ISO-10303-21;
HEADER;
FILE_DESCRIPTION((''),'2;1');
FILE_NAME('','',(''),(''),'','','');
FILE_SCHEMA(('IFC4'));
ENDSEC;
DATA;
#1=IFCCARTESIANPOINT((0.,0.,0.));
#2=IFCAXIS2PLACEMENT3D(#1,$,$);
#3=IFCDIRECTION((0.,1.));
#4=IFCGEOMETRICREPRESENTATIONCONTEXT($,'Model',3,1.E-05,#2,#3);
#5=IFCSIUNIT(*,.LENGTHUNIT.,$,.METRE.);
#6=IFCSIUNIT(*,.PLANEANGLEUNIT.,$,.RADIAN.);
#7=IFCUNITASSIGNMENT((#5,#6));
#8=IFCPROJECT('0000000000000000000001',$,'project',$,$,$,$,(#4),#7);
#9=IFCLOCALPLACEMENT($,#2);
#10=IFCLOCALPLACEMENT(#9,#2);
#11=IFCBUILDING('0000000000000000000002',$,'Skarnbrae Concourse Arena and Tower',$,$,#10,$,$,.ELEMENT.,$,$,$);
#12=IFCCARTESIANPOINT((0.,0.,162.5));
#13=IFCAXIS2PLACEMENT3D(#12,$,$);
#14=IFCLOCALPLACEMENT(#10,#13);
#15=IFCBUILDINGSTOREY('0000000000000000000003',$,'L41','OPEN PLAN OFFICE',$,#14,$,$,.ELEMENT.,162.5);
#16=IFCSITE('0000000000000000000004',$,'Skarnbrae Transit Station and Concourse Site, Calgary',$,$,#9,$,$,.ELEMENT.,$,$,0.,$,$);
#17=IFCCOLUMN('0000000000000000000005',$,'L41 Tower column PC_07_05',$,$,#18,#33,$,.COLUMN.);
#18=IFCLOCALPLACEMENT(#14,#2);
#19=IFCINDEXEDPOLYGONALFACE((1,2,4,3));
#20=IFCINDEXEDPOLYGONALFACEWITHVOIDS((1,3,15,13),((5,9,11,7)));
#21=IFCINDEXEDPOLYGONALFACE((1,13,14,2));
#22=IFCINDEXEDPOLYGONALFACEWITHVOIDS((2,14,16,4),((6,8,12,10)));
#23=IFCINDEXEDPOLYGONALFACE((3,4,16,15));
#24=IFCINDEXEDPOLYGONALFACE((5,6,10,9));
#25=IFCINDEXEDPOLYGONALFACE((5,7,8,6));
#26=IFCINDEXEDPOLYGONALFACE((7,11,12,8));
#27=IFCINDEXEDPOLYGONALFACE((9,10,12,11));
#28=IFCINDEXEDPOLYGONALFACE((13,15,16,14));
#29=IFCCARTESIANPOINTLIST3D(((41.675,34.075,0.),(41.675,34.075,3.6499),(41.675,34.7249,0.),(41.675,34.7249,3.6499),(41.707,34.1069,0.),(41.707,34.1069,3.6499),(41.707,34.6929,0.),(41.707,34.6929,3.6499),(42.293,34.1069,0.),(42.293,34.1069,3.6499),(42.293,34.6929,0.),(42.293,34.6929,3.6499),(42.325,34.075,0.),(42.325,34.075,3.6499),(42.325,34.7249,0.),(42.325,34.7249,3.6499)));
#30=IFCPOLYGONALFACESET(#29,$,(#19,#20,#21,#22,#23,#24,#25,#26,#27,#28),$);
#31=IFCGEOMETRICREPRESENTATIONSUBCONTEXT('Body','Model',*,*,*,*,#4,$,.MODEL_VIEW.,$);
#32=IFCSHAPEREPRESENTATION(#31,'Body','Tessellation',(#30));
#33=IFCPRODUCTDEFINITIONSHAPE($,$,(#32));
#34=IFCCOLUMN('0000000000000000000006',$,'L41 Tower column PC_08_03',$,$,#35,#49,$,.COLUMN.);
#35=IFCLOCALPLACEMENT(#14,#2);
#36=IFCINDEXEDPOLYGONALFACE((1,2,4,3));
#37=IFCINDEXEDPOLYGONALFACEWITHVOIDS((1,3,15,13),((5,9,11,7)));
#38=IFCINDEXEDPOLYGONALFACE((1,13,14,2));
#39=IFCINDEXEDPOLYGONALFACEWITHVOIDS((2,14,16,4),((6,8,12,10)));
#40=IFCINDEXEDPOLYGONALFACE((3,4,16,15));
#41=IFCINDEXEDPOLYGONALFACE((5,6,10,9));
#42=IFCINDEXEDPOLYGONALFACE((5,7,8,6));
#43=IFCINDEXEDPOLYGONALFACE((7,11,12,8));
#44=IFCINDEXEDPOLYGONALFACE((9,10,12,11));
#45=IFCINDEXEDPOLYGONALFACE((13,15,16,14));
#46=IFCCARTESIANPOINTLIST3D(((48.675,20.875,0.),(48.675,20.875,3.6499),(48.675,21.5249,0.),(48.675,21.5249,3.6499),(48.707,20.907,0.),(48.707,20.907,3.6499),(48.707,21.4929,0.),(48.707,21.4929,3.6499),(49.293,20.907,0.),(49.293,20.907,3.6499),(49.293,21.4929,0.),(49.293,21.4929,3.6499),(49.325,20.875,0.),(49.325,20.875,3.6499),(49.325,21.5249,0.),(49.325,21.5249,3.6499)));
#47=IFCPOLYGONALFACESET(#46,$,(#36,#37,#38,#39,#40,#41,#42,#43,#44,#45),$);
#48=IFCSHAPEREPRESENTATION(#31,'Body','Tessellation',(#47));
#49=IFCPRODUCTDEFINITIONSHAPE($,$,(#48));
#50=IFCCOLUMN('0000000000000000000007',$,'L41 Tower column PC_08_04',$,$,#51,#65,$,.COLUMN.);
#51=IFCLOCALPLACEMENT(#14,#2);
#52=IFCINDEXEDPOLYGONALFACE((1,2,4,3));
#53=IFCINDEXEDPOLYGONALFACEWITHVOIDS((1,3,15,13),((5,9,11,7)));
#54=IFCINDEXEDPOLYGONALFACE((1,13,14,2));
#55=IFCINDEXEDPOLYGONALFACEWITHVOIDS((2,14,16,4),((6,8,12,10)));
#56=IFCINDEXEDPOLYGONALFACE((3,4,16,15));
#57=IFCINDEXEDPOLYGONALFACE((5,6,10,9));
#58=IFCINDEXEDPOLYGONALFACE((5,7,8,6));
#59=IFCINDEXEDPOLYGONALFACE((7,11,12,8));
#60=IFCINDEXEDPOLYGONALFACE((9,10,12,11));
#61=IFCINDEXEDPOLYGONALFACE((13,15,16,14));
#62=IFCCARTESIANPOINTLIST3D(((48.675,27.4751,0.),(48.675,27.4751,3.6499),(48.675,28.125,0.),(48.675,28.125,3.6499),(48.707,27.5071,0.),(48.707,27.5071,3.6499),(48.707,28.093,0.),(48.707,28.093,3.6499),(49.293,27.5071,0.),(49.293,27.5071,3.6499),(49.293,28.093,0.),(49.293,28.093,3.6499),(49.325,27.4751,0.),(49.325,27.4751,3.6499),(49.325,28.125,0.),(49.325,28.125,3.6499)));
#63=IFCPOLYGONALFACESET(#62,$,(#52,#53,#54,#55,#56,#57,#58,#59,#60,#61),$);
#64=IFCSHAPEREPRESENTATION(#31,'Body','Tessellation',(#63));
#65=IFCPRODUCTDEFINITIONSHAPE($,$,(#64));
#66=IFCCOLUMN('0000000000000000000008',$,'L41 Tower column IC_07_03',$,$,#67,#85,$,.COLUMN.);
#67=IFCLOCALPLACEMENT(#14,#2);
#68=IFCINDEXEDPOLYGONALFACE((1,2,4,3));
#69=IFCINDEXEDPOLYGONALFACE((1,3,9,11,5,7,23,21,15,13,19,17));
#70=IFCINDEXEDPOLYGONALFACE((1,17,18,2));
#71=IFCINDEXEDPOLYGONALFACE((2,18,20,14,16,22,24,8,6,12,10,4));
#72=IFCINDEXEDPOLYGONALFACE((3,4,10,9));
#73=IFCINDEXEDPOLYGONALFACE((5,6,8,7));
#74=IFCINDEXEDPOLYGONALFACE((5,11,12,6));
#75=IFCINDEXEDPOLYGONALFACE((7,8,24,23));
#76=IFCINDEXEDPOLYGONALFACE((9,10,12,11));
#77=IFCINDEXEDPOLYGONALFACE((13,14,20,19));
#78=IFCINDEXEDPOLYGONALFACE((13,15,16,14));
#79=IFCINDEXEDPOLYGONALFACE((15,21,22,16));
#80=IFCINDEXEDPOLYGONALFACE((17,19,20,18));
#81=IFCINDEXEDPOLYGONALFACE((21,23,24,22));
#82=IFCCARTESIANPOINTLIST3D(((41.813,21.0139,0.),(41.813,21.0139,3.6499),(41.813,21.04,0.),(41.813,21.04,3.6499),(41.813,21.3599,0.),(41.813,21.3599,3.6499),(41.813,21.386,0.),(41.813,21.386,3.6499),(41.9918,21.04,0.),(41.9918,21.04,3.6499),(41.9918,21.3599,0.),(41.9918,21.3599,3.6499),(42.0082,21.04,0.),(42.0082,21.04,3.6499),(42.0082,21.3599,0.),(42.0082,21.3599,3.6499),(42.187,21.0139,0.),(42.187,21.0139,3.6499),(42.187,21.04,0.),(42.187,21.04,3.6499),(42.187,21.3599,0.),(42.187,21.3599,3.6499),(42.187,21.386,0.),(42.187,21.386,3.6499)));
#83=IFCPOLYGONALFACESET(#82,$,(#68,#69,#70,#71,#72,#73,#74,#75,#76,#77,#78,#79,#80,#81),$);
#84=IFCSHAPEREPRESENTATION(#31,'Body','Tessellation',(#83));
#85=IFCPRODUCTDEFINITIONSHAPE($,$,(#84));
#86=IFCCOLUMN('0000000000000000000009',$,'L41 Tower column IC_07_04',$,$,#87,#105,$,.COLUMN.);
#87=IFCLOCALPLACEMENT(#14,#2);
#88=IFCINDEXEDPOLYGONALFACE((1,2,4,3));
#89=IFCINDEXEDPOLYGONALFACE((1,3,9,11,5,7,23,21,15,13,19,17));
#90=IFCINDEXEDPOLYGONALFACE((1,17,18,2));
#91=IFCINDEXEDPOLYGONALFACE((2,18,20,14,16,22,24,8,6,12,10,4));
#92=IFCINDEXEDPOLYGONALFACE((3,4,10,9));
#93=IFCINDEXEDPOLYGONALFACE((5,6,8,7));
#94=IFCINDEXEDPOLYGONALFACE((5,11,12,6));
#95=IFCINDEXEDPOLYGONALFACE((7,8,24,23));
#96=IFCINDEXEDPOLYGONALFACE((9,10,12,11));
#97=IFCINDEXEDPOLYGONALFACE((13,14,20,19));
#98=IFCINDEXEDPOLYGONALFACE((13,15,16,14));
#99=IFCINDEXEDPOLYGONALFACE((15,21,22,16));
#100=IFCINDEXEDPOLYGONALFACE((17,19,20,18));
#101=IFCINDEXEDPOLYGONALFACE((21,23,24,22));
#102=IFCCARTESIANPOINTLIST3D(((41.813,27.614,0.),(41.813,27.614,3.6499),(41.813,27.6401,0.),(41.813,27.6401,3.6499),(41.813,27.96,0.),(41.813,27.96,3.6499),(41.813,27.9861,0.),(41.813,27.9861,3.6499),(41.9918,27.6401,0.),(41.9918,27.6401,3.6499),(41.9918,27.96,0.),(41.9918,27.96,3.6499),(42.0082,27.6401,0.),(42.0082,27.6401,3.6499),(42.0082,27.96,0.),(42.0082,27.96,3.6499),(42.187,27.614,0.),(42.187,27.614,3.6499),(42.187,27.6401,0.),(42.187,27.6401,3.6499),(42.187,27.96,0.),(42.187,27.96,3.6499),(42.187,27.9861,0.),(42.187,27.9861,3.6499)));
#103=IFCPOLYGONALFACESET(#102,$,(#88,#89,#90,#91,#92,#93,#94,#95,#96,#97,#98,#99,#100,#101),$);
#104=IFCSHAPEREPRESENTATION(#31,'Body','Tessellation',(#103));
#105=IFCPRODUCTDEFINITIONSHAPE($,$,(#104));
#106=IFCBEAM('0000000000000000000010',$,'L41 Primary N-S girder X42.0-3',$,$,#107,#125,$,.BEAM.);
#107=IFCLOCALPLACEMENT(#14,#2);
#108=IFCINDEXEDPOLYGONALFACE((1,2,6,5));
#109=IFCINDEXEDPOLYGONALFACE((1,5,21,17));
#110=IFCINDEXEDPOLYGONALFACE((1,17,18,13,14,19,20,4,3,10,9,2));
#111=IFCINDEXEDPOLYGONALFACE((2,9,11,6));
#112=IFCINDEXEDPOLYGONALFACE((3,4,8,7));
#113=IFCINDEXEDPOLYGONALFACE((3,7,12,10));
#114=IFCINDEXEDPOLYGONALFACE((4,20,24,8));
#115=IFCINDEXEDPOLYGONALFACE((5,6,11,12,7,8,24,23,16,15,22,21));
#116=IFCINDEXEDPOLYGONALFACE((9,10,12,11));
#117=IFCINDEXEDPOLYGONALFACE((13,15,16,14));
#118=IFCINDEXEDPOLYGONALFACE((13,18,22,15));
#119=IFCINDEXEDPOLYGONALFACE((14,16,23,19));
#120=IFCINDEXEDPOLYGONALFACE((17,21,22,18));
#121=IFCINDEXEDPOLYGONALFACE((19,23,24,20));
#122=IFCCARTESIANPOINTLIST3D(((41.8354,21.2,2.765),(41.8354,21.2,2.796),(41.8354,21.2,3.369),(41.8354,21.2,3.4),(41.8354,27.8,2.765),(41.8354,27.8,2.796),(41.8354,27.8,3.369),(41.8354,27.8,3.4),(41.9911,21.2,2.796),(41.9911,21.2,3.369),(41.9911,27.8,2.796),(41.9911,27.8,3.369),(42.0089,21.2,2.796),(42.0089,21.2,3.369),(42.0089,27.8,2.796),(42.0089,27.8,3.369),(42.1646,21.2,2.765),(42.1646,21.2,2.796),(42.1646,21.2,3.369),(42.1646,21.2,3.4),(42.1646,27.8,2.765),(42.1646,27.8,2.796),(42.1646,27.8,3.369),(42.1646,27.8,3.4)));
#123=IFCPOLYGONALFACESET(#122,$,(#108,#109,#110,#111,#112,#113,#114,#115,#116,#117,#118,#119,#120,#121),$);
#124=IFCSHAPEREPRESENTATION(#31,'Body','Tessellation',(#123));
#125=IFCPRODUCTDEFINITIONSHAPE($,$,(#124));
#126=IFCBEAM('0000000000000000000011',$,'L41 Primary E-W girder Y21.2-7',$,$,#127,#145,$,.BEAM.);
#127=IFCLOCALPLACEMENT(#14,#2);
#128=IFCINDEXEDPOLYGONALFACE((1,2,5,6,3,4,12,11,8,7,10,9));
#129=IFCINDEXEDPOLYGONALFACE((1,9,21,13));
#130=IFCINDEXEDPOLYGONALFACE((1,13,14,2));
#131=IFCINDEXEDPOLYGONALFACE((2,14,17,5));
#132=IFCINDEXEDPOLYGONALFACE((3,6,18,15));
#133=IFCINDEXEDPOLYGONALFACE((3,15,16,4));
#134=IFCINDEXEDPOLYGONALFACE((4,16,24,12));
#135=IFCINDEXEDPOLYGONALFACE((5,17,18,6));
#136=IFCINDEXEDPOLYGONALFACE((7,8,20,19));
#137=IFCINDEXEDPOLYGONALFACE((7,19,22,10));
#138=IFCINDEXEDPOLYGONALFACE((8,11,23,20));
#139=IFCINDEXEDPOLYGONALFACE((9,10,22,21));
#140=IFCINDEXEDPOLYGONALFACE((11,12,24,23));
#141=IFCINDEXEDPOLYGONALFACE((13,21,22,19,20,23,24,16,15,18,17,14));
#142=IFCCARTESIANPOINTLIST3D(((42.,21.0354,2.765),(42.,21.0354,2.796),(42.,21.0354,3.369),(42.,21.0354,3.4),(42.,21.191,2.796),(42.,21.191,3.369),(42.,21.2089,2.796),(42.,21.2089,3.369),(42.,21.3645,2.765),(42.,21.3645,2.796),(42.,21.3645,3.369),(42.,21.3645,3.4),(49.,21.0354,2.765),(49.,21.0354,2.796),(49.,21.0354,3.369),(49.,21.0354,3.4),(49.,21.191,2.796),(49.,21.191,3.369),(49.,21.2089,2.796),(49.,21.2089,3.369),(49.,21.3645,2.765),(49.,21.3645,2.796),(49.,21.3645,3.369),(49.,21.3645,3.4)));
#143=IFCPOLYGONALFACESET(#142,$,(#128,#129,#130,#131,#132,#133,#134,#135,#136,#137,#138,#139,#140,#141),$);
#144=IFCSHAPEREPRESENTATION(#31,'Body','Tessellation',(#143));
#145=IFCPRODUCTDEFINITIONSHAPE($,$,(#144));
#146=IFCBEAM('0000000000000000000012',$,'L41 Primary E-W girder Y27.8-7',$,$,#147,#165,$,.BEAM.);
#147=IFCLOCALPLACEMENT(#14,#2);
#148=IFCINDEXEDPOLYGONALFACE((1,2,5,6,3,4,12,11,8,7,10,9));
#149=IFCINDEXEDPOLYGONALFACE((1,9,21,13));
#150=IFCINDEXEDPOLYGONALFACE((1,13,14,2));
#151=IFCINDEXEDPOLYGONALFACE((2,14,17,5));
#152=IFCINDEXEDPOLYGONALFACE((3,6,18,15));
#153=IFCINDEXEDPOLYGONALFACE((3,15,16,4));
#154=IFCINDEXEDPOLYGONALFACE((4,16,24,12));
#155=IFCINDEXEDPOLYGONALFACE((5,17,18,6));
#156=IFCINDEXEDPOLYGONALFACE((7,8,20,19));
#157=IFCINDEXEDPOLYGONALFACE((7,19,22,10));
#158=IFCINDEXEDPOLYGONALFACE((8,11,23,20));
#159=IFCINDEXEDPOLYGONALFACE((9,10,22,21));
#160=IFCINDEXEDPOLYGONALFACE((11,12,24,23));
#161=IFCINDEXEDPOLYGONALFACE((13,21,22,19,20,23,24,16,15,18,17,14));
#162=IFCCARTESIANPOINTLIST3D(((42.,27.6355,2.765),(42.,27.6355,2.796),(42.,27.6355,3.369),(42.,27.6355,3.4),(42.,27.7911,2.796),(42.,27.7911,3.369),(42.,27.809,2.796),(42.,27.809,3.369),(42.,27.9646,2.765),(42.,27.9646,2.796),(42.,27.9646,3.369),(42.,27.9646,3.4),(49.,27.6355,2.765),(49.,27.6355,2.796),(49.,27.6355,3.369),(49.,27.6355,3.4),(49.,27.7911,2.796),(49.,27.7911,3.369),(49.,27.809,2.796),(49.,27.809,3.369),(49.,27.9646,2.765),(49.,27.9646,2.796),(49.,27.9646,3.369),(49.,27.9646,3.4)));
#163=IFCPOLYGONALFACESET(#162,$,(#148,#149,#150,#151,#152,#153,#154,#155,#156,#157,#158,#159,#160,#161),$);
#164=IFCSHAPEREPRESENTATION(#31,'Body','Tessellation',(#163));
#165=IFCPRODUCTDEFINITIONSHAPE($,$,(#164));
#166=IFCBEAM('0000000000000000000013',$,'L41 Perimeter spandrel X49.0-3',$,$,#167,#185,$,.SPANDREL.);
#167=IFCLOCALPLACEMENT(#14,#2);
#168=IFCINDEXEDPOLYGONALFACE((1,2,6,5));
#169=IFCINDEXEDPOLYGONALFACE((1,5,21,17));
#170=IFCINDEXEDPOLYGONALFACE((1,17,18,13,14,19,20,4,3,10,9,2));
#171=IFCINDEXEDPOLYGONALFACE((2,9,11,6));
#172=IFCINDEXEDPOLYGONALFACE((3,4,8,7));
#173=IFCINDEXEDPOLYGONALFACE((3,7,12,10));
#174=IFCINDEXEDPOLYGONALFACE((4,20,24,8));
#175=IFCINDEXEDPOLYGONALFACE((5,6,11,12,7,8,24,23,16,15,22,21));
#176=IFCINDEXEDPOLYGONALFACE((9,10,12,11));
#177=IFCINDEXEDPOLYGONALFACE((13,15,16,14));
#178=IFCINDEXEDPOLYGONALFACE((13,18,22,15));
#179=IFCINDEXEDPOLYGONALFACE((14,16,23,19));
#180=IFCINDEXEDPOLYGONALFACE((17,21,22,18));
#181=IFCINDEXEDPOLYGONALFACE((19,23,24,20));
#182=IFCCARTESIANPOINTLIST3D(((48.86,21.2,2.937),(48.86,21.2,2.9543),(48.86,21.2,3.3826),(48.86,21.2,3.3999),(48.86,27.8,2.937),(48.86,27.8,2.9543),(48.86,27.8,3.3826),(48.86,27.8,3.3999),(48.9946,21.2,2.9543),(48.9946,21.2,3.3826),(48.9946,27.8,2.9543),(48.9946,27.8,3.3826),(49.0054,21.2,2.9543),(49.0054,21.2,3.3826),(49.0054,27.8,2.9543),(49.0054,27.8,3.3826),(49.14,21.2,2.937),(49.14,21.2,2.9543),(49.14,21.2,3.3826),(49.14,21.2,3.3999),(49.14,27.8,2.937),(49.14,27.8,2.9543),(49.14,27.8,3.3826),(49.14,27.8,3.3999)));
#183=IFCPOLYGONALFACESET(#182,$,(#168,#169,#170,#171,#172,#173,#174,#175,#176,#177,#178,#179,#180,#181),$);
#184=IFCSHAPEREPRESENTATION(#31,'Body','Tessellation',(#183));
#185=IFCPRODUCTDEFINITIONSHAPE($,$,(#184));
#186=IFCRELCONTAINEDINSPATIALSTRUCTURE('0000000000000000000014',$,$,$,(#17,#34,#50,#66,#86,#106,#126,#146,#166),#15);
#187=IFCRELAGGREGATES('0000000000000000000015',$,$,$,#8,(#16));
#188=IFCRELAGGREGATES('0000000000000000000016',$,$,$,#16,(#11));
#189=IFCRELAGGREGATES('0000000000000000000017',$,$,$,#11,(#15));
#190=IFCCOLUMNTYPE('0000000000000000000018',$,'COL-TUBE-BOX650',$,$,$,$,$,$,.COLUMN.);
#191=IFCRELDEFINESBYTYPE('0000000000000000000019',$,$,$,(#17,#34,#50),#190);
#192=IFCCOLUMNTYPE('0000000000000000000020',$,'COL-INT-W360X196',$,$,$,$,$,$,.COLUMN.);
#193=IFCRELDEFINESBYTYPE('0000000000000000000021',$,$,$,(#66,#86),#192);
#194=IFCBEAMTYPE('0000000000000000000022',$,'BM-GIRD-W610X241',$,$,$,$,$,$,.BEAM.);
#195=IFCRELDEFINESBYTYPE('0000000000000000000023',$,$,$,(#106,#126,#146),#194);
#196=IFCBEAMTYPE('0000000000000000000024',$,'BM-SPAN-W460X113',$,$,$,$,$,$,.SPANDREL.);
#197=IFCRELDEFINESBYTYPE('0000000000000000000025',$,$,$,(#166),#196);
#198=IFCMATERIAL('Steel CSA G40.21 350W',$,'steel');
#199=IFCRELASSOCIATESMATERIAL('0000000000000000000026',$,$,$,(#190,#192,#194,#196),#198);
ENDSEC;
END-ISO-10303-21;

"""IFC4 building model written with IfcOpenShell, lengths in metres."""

from ifc_helpers import new_model, si_unit, direction, frame, origin, origin_2d, place, context, subcontext, project, spatial, hollow_rectangle, i_section, extrude, source, transform, mapped, material, material_profile, profile_set, type_object, element, save


model = new_model("IFC4")

# Units and contexts
model_context = context("Model", 3, precision=1e-05, world=origin(), true_north=direction((0.0, 1.0)))
body_context = subcontext(model_context, "Body", "Model", "MODEL_VIEW")
ifc_project = project(units=[si_unit("LENGTHUNIT", "METRE"), si_unit("PLANEANGLEUNIT", "RADIAN")], contexts=[model_context])

# Site, building, storey
site_placement = place(None, origin())
site = spatial("IfcSite", under=ifc_project, at=site_placement, Name="Skarnbrae Transit Station and Concourse Site, Calgary", CompositionType="ELEMENT", RefElevation=0.0)
building_placement = place(site_placement, origin())
building = spatial("IfcBuilding", under=site, at=building_placement, Name="Skarnbrae Concourse Arena and Tower", CompositionType="ELEMENT")
storey_placement = place(building_placement, frame((0.0, 0.0, 162.5)))
storey = spatial("IfcBuildingStorey", under=building, at=storey_placement, Name="L41", Description="OPEN PLAN OFFICE", CompositionType="ELEMENT", Elevation=162.5)

# Columns
ifc_material_1 = material(Name="Steel CSA G40.21 350W", Category="steel")
ifc_material_profile_1 = material_profile(ifc_material_1, hollow_rectangle(XDim=0.6499, YDim=0.6499, WallThickness=0.032, at=origin_2d()), Name="BOX650X650X32")
ifc_profile_set_1 = profile_set([ifc_material_profile_1], Name="Steel CSA G40.21 350W")
column_type_1 = type_object("IfcColumnType", Name="COL-TUBE-BOX650", PredefinedType="COLUMN", material=ifc_profile_set_1)
shared_shape_1 = source(origin(), body_context, "Body", "SweptSolid", [
    extrude(hollow_rectangle(XDim=0.6499, YDim=0.6499, WallThickness=0.032, at=origin_2d()), origin(), (0.0, 0.0, 1.0), 3.6499),
])
for number, where, z_axis, x_axis, name in (
    (1, (42.0, 34.3999, 0.0), (0.0, 0.0, 1.0), (1.0, 0.0, 0.0), "L41 Tower column PC_07_05"),
    (2, (49.0, 21.2, 0.0), (0.0, 0.0, 1.0), (1.0, 0.0, 0.0), "L41 Tower column PC_08_03"),
    (3, (49.0, 27.8, 0.0), (0.0, 0.0, 1.0), (1.0, 0.0, 0.0), "L41 Tower column PC_08_04"),
):
    element("IfcColumn", number, at=place(storey_placement, frame(where, z_axis=z_axis, x_axis=x_axis)), inside=storey, type_object=column_type_1, Name=name, PredefinedType="COLUMN", context=body_context, shape_type="MappedRepresentation", body=[
        mapped(shared_shape_1, transform((0.0, 0.0, 0.0))),
    ])
ifc_material_profile_2 = material_profile(ifc_material_1, i_section(OverallWidth=0.374, OverallDepth=0.3721, WebThickness=0.0164, FlangeThickness=0.0261, at=origin_2d()), Name="W360X196")
ifc_profile_set_2 = profile_set([ifc_material_profile_2], Name="Steel CSA G40.21 350W")
column_type_2 = type_object("IfcColumnType", Name="COL-INT-W360X196", PredefinedType="COLUMN", material=ifc_profile_set_2)
shared_shape_2 = source(origin(), body_context, "Body", "SweptSolid", [
    extrude(i_section(OverallWidth=0.374, OverallDepth=0.3721, WebThickness=0.0164, FlangeThickness=0.0261, at=origin_2d()), origin(), (0.0, 0.0, 1.0), 3.6499),
])
for number, where, z_axis, x_axis, name in (
    (4, (42.0, 21.2, 0.0), (0.0, 0.0, 1.0), (1.0, 0.0, 0.0), "L41 Tower column IC_07_03"),
    (5, (42.0, 27.8, 0.0), (0.0, 0.0, 1.0), (1.0, 0.0, 0.0), "L41 Tower column IC_07_04"),
):
    element("IfcColumn", number, at=place(storey_placement, frame(where, z_axis=z_axis, x_axis=x_axis)), inside=storey, type_object=column_type_2, Name=name, PredefinedType="COLUMN", context=body_context, shape_type="MappedRepresentation", body=[
        mapped(shared_shape_2, transform((0.0, 0.0, 0.0))),
    ])

# Beams
ifc_material_profile_3 = material_profile(ifc_material_1, i_section(OverallWidth=0.3291, OverallDepth=0.635, WebThickness=0.0178, FlangeThickness=0.031, at=origin_2d()), Name="W610X241")
ifc_profile_set_3 = profile_set([ifc_material_profile_3], Name="Steel CSA G40.21 350W")
beam_type_1 = type_object("IfcBeamType", Name="BM-GIRD-W610X241", PredefinedType="BEAM", material=ifc_profile_set_3)
shared_shape_3 = source(origin(), body_context, "Body", "SweptSolid", [
    extrude(i_section(OverallWidth=0.3291, OverallDepth=0.635, WebThickness=0.0178, FlangeThickness=0.031, at=origin_2d()), origin(), (0.0, 0.0, 1.0), 6.6001),
])
beam_1_placement = place(storey_placement, frame((42.0, 21.2, 3.0825), z_axis=(0.0, 1.0, 0.0), x_axis=(-1.0, 0.0, 0.0)))
element("IfcBeam", 6, at=beam_1_placement, inside=storey, type_object=beam_type_1, Name="L41 Primary N-S girder X42.0-3", PredefinedType="BEAM", context=body_context, shape_type="MappedRepresentation", body=[
    mapped(shared_shape_3, transform((0.0, 0.0, 0.0))),
])
shared_shape_4 = source(origin(), body_context, "Body", "SweptSolid", [
    extrude(i_section(OverallWidth=0.3291, OverallDepth=0.635, WebThickness=0.0178, FlangeThickness=0.031, at=origin_2d()), origin(), (0.0, 0.0, 1.0), 7.0),
])
for number, where, z_axis, x_axis, name in (
    (7, (42.0, 21.2, 3.0825), (1.0, 0.0, 0.0), (0.0, 1.0, 0.0), "L41 Primary E-W girder Y21.2-7"),
    (8, (42.0, 27.8, 3.0825), (1.0, 0.0, 0.0), (0.0, 1.0, 0.0), "L41 Primary E-W girder Y27.8-7"),
):
    element("IfcBeam", number, at=place(storey_placement, frame(where, z_axis=z_axis, x_axis=x_axis)), inside=storey, type_object=beam_type_1, Name=name, PredefinedType="BEAM", context=body_context, shape_type="MappedRepresentation", body=[
        mapped(shared_shape_4, transform((0.0, 0.0, 0.0))),
    ])
ifc_material_profile_4 = material_profile(ifc_material_1, i_section(OverallWidth=0.28, OverallDepth=0.4629, WebThickness=0.0107, FlangeThickness=0.0173, at=origin_2d()), Name="W460X113")
ifc_profile_set_4 = profile_set([ifc_material_profile_4], Name="Steel CSA G40.21 350W")
beam_type_2 = type_object("IfcBeamType", Name="BM-SPAN-W460X113", PredefinedType="SPANDREL", material=ifc_profile_set_4)
shared_shape_5 = source(origin(), body_context, "Body", "SweptSolid", [
    extrude(i_section(OverallWidth=0.28, OverallDepth=0.4629, WebThickness=0.0107, FlangeThickness=0.0173, at=origin_2d()), origin(), (0.0, 0.0, 1.0), 6.6001),
])
beam_2_placement = place(storey_placement, frame((49.0, 21.2, 3.1685), z_axis=(0.0, 1.0, 0.0), x_axis=(-1.0, 0.0, 0.0)))
element("IfcBeam", 9, at=beam_2_placement, inside=storey, type_object=beam_type_2, Name="L41 Perimeter spandrel X49.0-3", PredefinedType="SPANDREL", context=body_context, shape_type="MappedRepresentation", body=[
    mapped(shared_shape_5, transform((0.0, 0.0, 0.0))),
])

save(model, "model.ifc")
